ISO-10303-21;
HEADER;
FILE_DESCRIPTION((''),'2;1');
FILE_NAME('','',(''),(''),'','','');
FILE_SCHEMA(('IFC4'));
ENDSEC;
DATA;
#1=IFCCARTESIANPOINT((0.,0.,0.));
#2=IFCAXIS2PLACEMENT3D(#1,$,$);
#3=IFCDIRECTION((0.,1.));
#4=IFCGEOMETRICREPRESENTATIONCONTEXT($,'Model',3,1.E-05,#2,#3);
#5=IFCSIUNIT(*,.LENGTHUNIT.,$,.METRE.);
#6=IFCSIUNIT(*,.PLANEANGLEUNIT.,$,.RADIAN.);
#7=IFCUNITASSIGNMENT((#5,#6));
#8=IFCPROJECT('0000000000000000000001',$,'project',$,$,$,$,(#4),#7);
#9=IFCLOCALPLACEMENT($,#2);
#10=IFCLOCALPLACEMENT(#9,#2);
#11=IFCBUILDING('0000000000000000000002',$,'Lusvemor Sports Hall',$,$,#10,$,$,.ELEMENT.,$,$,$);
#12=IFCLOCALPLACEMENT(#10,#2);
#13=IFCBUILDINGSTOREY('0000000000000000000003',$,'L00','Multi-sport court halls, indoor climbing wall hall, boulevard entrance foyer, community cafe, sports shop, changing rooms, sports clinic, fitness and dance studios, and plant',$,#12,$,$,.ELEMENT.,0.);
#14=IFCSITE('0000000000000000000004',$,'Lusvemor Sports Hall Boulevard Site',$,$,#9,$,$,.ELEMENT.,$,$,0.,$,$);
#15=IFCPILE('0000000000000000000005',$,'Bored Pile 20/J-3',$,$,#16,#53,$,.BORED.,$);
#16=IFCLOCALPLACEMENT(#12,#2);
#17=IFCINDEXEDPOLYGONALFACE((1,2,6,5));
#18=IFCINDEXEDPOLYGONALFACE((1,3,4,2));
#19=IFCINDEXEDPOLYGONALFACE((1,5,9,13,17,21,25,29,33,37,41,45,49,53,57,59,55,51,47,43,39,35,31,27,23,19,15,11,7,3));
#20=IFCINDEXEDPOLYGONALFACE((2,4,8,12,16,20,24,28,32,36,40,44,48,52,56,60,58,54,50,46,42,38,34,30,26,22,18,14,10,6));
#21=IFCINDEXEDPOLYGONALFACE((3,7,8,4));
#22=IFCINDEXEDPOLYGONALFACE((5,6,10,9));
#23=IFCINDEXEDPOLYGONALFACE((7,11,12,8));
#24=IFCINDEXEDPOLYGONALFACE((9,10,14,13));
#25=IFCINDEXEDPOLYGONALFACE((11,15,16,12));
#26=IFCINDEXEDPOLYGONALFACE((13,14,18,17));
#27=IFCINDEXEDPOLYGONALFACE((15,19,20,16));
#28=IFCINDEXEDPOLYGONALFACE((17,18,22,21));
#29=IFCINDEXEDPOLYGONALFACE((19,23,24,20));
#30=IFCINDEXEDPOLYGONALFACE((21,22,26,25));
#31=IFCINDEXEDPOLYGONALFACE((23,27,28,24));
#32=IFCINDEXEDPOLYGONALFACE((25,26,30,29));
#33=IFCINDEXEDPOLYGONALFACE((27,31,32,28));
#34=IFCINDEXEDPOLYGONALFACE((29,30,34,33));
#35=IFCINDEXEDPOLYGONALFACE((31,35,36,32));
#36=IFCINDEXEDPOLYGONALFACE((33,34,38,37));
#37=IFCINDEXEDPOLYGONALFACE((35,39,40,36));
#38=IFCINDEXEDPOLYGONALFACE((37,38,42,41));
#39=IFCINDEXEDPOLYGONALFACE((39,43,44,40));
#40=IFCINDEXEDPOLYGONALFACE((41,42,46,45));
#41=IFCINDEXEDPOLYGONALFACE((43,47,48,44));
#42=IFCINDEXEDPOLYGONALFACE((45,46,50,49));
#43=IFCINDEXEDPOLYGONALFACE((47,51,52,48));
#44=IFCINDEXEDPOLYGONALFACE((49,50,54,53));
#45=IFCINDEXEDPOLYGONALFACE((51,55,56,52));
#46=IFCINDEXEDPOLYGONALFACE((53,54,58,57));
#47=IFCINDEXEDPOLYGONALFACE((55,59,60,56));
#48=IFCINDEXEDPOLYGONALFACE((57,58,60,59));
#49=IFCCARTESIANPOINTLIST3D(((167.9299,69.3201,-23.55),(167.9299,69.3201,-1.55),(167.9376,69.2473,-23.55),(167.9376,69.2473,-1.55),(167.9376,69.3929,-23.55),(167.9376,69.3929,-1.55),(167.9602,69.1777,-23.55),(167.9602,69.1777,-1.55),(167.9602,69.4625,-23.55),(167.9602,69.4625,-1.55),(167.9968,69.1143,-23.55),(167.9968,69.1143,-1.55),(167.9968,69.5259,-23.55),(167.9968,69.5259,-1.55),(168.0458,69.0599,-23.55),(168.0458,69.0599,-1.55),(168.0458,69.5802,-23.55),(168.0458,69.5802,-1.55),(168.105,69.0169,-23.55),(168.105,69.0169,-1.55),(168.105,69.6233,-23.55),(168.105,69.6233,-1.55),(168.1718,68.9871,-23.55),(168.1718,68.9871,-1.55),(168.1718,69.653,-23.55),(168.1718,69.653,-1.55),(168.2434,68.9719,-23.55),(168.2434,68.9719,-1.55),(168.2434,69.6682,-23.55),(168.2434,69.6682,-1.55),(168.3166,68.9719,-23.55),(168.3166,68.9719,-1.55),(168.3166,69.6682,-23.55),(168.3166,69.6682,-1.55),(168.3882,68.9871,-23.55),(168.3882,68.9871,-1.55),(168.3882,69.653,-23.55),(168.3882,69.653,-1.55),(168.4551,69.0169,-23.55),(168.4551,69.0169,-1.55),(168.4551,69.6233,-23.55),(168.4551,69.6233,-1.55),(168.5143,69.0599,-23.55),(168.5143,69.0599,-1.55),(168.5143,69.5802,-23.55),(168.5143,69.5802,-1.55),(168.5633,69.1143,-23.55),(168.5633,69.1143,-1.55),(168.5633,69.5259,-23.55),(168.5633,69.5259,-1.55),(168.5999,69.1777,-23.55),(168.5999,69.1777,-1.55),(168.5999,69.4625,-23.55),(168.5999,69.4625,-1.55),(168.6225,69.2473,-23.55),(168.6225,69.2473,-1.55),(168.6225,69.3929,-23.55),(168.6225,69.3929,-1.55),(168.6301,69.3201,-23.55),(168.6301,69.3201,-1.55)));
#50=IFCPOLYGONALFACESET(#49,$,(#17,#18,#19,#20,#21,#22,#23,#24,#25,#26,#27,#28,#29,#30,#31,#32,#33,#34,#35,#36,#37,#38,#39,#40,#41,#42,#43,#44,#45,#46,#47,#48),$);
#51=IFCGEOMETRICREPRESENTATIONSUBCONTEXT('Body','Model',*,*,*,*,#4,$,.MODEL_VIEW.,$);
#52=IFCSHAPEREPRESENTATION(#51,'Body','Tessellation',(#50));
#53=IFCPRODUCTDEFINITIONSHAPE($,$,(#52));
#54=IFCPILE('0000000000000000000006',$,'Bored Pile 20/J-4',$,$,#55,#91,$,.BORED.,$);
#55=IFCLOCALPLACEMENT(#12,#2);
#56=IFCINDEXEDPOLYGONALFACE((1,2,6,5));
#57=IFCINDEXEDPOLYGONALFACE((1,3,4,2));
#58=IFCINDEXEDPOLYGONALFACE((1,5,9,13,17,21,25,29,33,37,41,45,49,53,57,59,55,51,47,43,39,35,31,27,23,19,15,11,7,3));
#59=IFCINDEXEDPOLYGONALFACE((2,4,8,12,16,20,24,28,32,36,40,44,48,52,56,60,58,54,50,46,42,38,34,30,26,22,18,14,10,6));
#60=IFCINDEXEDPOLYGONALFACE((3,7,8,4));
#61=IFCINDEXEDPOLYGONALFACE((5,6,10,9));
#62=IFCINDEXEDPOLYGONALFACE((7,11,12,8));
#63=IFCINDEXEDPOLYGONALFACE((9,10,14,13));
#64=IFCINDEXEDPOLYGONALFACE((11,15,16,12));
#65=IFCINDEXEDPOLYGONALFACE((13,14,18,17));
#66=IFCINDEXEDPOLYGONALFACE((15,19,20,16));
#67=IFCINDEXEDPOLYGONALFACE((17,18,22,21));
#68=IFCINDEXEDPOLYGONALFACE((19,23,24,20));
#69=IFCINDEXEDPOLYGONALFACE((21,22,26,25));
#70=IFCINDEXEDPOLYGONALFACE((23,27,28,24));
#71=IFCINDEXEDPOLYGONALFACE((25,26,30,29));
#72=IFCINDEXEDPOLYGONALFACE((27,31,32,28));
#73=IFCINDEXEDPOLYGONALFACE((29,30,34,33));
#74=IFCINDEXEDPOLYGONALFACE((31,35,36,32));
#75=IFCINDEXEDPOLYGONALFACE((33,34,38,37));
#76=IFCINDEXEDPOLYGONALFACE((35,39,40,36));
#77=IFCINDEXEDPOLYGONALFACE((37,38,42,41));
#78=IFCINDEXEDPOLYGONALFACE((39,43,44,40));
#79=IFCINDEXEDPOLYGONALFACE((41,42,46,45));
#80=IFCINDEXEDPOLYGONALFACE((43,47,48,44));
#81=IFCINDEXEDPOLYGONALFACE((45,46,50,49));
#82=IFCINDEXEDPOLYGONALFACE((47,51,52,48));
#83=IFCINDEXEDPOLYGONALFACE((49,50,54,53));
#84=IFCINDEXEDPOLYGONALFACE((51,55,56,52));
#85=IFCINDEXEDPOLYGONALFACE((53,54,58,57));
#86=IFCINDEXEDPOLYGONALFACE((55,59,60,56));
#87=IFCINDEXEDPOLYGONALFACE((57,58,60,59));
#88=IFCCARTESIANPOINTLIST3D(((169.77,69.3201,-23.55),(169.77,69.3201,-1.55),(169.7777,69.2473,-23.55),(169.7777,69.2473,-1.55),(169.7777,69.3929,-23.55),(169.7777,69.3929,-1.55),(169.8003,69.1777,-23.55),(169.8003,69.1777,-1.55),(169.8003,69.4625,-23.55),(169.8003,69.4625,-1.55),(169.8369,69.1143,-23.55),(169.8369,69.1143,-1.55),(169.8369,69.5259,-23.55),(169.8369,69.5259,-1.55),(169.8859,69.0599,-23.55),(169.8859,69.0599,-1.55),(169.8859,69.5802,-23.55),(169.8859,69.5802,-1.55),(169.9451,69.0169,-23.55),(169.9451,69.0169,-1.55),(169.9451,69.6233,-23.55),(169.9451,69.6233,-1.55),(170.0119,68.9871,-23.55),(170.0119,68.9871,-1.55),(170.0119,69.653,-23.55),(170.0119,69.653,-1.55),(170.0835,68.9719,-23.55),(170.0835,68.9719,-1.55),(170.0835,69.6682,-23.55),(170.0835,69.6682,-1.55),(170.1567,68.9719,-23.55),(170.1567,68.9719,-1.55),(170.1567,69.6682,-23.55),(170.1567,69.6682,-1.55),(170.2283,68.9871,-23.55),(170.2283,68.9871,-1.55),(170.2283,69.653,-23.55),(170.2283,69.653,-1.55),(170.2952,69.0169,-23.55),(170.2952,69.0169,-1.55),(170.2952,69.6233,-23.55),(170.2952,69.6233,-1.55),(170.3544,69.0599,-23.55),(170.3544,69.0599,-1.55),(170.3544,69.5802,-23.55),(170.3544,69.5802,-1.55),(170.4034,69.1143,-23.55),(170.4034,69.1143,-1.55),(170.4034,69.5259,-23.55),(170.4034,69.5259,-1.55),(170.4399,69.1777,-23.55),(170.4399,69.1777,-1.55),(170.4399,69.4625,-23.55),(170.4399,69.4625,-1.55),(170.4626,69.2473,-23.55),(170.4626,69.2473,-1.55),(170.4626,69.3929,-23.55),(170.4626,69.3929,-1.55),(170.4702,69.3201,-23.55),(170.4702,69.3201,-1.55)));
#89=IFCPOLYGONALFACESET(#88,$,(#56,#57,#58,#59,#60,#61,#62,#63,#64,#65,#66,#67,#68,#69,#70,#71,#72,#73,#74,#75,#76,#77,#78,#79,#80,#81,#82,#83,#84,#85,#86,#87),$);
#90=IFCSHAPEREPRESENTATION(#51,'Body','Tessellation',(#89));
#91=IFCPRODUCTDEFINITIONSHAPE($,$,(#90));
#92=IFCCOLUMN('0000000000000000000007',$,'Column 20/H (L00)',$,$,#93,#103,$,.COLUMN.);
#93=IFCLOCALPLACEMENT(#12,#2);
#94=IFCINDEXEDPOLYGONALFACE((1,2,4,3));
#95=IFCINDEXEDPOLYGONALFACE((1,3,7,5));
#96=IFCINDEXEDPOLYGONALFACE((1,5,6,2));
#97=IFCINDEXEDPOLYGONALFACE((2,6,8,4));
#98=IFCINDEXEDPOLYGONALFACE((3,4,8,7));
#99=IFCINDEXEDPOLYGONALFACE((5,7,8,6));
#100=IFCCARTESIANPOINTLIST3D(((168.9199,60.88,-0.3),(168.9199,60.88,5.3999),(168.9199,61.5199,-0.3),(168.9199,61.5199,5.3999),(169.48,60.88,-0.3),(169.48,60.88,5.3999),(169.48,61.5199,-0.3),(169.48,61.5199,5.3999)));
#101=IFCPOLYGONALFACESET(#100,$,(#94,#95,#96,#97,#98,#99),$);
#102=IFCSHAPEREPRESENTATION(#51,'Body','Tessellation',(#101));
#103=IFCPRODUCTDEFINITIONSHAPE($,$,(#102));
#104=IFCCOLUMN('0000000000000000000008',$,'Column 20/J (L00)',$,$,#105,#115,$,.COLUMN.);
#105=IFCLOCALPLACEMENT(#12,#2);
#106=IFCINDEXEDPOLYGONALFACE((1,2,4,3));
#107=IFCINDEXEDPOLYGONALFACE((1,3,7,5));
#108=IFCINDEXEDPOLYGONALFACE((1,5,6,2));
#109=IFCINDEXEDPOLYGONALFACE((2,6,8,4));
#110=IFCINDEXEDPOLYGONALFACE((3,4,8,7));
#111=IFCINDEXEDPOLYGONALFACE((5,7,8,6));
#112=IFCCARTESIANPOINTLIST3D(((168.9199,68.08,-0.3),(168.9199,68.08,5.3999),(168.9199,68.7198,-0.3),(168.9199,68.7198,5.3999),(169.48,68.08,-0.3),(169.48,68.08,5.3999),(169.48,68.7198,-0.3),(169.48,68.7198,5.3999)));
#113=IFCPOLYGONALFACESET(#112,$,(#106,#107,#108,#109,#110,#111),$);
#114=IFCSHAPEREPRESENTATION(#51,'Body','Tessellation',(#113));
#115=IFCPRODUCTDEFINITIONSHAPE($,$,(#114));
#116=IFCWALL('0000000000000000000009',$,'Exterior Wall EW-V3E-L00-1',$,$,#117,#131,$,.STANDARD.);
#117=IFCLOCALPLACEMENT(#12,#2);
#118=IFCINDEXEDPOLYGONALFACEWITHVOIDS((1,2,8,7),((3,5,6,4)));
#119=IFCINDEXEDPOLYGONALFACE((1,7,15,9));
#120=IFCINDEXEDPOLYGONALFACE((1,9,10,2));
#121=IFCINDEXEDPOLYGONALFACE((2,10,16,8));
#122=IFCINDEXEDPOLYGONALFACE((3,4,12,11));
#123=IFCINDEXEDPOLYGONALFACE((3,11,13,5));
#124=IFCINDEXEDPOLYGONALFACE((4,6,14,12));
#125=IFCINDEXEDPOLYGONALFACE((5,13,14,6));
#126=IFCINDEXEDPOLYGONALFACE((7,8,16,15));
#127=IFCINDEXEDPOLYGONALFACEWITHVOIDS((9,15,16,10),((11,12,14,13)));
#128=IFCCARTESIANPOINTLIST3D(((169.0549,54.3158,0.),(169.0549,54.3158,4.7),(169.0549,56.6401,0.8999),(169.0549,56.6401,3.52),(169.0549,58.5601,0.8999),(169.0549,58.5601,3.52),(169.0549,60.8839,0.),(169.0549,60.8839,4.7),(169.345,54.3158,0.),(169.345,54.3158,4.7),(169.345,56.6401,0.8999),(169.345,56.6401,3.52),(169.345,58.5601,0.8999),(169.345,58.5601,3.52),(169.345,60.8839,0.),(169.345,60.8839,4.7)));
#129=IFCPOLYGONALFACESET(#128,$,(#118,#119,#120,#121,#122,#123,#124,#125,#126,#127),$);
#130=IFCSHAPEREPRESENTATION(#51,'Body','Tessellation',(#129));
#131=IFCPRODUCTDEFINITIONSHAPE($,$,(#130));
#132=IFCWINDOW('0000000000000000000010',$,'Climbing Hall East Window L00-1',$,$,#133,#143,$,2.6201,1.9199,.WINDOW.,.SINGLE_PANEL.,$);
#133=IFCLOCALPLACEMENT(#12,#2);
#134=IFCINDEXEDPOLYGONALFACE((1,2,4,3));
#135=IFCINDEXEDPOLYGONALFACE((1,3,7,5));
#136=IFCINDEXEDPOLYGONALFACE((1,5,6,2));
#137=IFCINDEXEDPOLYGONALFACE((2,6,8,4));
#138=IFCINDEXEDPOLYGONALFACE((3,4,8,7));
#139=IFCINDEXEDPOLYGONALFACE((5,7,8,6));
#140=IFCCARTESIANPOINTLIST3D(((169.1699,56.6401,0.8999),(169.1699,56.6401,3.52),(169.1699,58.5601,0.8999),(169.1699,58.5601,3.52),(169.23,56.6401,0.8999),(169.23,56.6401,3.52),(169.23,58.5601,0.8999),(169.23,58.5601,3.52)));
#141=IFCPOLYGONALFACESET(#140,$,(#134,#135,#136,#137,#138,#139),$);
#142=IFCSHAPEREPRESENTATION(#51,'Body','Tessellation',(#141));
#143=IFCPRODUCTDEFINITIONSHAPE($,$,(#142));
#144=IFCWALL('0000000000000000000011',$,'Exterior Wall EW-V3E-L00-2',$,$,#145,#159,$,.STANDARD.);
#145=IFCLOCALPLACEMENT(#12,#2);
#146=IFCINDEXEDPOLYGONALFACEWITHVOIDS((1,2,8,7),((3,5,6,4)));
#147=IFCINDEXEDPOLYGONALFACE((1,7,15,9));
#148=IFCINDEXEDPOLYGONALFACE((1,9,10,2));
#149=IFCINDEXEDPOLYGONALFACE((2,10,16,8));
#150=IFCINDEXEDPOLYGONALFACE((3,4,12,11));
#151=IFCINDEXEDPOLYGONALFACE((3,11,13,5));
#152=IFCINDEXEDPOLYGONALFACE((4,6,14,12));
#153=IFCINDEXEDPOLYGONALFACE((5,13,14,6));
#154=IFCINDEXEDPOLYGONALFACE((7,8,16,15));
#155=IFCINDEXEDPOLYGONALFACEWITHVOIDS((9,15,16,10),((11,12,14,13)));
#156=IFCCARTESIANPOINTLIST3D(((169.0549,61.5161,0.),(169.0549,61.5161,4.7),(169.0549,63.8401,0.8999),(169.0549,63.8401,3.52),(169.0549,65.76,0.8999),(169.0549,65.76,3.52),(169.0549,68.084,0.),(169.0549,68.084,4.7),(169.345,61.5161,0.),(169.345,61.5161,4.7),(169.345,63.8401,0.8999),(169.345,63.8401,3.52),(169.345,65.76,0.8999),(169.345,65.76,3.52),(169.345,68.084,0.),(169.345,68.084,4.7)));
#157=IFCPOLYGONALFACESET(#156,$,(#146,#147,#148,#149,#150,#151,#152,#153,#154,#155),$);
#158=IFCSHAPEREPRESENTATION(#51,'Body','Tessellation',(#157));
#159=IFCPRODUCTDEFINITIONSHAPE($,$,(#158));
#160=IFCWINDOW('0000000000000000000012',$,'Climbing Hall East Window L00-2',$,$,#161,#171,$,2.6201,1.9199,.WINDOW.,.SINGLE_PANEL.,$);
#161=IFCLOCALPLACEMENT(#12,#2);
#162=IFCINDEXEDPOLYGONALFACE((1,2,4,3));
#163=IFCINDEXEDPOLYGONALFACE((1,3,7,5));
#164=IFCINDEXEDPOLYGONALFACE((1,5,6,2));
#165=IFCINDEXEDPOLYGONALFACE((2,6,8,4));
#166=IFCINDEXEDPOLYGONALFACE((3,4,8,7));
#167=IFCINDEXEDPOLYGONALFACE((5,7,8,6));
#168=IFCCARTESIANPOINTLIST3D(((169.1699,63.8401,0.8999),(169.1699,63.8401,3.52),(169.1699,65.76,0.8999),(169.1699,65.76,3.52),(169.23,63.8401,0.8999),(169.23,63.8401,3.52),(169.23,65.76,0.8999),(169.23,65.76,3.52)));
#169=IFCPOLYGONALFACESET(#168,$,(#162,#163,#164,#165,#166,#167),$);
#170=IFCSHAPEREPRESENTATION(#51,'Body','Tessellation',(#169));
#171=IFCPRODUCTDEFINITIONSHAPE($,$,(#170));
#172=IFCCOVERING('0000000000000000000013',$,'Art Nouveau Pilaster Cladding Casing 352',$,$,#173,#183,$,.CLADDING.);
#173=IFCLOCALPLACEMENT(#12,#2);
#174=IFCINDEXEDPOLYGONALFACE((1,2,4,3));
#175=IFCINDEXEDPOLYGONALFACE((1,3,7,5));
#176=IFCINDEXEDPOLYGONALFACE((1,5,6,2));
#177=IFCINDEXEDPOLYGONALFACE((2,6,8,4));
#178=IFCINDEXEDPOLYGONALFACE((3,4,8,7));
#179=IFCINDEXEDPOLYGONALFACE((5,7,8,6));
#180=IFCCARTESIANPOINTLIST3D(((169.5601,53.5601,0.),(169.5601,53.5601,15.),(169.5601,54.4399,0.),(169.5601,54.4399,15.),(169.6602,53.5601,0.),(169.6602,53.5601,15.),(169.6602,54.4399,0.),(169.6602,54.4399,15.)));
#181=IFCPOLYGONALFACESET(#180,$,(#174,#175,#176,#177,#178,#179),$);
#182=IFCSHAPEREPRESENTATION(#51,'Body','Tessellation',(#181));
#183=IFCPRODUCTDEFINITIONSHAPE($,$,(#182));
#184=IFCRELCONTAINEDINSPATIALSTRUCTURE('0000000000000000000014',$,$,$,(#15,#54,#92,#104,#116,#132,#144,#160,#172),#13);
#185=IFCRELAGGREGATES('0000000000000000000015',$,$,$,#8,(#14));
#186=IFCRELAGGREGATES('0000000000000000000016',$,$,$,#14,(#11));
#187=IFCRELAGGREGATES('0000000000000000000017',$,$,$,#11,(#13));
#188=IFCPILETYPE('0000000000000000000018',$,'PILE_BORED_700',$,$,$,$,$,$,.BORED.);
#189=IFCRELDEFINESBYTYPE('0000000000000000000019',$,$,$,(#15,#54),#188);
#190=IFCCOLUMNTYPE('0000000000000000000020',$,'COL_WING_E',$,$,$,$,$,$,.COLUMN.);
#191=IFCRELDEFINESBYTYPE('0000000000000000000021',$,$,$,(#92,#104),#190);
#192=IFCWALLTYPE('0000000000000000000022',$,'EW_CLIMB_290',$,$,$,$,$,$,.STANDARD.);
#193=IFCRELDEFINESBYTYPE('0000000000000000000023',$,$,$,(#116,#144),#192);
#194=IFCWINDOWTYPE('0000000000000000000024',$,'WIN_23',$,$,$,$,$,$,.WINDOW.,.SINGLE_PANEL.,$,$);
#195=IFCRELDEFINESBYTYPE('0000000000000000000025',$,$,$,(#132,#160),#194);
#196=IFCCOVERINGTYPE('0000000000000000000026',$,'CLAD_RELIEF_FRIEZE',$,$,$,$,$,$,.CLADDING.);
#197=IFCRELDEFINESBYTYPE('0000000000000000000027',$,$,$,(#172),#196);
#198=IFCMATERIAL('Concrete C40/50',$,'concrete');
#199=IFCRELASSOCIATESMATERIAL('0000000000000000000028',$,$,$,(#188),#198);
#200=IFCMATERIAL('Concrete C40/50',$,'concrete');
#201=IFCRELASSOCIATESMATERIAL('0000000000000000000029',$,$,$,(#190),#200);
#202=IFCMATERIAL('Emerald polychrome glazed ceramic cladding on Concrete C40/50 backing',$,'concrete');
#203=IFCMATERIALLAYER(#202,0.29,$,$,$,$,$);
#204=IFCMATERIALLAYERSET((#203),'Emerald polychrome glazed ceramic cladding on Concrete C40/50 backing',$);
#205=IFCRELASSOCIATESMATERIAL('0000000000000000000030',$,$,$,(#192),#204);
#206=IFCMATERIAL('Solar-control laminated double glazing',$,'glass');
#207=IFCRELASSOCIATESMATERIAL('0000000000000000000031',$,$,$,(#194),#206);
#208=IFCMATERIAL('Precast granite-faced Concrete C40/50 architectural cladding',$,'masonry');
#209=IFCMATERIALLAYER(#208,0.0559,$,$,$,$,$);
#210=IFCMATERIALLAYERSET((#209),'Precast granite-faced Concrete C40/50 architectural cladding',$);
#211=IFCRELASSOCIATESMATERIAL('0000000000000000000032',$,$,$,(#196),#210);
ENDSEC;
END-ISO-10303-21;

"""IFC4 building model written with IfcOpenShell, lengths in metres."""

from ifc_helpers import new_model, si_unit, direction, frame, frame_2d, origin, origin_2d, place, context, subcontext, project, spatial, rectangle, circle, extrude, material, layer, layer_set, material_profile, profile_set, type_object, element, fill, save


model = new_model("IFC4")

# Units and contexts
model_context = context("Model", 3, precision=1e-05, world=origin(), true_north=direction((0.0, 1.0)))
body_context = subcontext(model_context, "Body", "Model", "MODEL_VIEW")
ifc_project = project(units=[si_unit("LENGTHUNIT", "METRE"), si_unit("PLANEANGLEUNIT", "RADIAN")], contexts=[model_context])

# Site, building, storey
site_placement = place(None, origin())
site = spatial("IfcSite", under=ifc_project, at=site_placement, Name="Lusvemor Sports Hall Boulevard Site", CompositionType="ELEMENT", RefElevation=0.0)
building_placement = place(site_placement, origin())
building = spatial("IfcBuilding", under=site, at=building_placement, Name="Lusvemor Sports Hall", CompositionType="ELEMENT")
storey_placement = place(building_placement, origin())
storey = spatial("IfcBuildingStorey", under=building, at=storey_placement, Name="L00", Description="Multi-sport court halls, indoor climbing wall hall, boulevard entrance foyer, community cafe, sports shop, changing rooms, sports clinic, fitness and dance studios, and plant", CompositionType="ELEMENT", Elevation=0.0)

# Piles
ifc_material_1 = material(Name="Concrete C40/50", Category="concrete")
ifc_material_profile_1 = material_profile(ifc_material_1, circle(Radius=0.3501, at=origin_2d()), Name="PILE700")
ifc_profile_set_1 = profile_set([ifc_material_profile_1], Name="Concrete C40/50")
pile_type = type_object("IfcPileType", Name="PILE_BORED_700", PredefinedType="BORED", material=ifc_profile_set_1)
for number, where, z_axis, x_axis, name in (
    (1, (168.28, 69.3201, -1.55), (0.0, 0.0, -1.0), (1.0, 0.0, 0.0), "Bored Pile 20/J-3"),
    (2, (170.1201, 69.3201, -1.55), (0.0, 0.0, -1.0), (1.0, 0.0, 0.0), "Bored Pile 20/J-4"),
):
    element("IfcPile", number, at=place(storey_placement, frame(where, z_axis=z_axis, x_axis=x_axis)), inside=storey, type_object=pile_type, Name=name, PredefinedType="BORED", context=body_context, shape_type="SweptSolid", body=[
        extrude(circle(Radius=0.3501, at=origin_2d()), origin(), (0.0, 0.0, 1.0), 22.0),
    ])

# Columns
ifc_material_2 = material(Name="Concrete C40/50", Category="concrete")
ifc_material_profile_2 = material_profile(ifc_material_2, rectangle(XDim=0.5601, YDim=0.6399, at=origin_2d()), Name="RC560x640")
ifc_profile_set_2 = profile_set([ifc_material_profile_2], Name="Concrete C40/50")
column_type = type_object("IfcColumnType", Name="COL_WING_E", PredefinedType="COLUMN", material=ifc_profile_set_2)
for number, where, z_axis, x_axis, name in (
    (3, (169.2, 61.2, -0.3), (0.0, 0.0, 1.0), (1.0, 0.0, 0.0), "Column 20/H (L00)"),
    (4, (169.2, 68.3999, -0.3), (0.0, 0.0, 1.0), (1.0, 0.0, 0.0), "Column 20/J (L00)"),
):
    element("IfcColumn", number, at=place(storey_placement, frame(where, z_axis=z_axis, x_axis=x_axis)), inside=storey, type_object=column_type, Name=name, PredefinedType="COLUMN", context=body_context, shape_type="SweptSolid", body=[
        extrude(rectangle(XDim=0.5601, YDim=0.6399, at=origin_2d()), origin(), (0.0, 0.0, 1.0), 5.7),
    ])

# Walls, openings, windows
ifc_material_3 = material(Name="Emerald polychrome glazed ceramic cladding on Concrete C40/50 backing", Category="concrete")
ifc_layer_1 = layer(ifc_material_3, 0.29)
ifc_layer_set_1 = layer_set([ifc_layer_1], Name="Emerald polychrome glazed ceramic cladding on Concrete C40/50 backing")
wall_type = type_object("IfcWallType", Name="EW_CLIMB_290", PredefinedType="STANDARD", material=ifc_layer_set_1)
wall_1_placement = place(storey_placement, frame((169.2, 60.884, 0.0), z_axis=(0.0, 0.0, 1.0), x_axis=(0.0, -1.0, 0.0)))
wall_1 = element("IfcWall", 5, at=wall_1_placement, inside=storey, type_object=wall_type, Name="Exterior Wall EW-V3E-L00-1", PredefinedType="STANDARD", context=body_context, shape_type="SweptSolid", body=[
    extrude(rectangle(XDim=6.5681, YDim=0.29, at=frame_2d((3.2842, 0.0))), origin(), (0.0, 0.0, 1.0), 4.7),
])
opening_1_placement = place(wall_1_placement, frame((2.324, 0.0, 0.8999)))
opening_1 = element("IfcOpeningElement", 6, at=opening_1_placement, cuts=wall_1, PredefinedType="OPENING", context=body_context, shape_type="SweptSolid", body=[
    extrude(rectangle(XDim=1.9199, YDim=2.6201, at=frame_2d((0.96, 1.3101))), frame((0.0, 0.145, 0.0), z_axis=(0.0, -1.0, 0.0), x_axis=(1.0, 0.0, 0.0)), (0.0, 0.0, 1.0), 0.29),
])
ifc_material_4 = material(Name="Solar-control laminated double glazing", Category="glass")
window_type = type_object("IfcWindowType", Name="WIN_23", PartitioningType="SINGLE_PANEL", PredefinedType="WINDOW", material=ifc_material_4)
window_1_placement = place(opening_1_placement, origin())
window_1 = element("IfcWindow", 7, at=window_1_placement, inside=storey, type_object=window_type, Name="Climbing Hall East Window L00-1", OverallHeight=2.6201, OverallWidth=1.9199, PartitioningType="SINGLE_PANEL", PredefinedType="WINDOW", context=body_context, shape_type="SweptSolid", body=[
    extrude(rectangle(XDim=1.9199, YDim=2.6201, at=frame_2d((0.96, 1.3101))), frame((0.0, 0.03, 0.0), z_axis=(0.0, -1.0, 0.0), x_axis=(1.0, 0.0, 0.0)), (0.0, 0.0, 1.0), 0.0601),
])
fill(opening_1, window_1)
wall_2_placement = place(storey_placement, frame((169.2, 68.084, 0.0), z_axis=(0.0, 0.0, 1.0), x_axis=(0.0, -1.0, 0.0)))
wall_2 = element("IfcWall", 8, at=wall_2_placement, inside=storey, type_object=wall_type, Name="Exterior Wall EW-V3E-L00-2", PredefinedType="STANDARD", context=body_context, shape_type="SweptSolid", body=[
    extrude(rectangle(XDim=6.5679, YDim=0.29, at=frame_2d((3.2839, 0.0))), origin(), (0.0, 0.0, 1.0), 4.7),
])
opening_2_placement = place(wall_2_placement, frame((2.324, 0.0, 0.8999)))
opening_2 = element("IfcOpeningElement", 9, at=opening_2_placement, cuts=wall_2, PredefinedType="OPENING", context=body_context, shape_type="SweptSolid", body=[
    extrude(rectangle(XDim=1.9199, YDim=2.6201, at=frame_2d((0.96, 1.3101))), frame((0.0, 0.145, 0.0), z_axis=(0.0, -1.0, 0.0), x_axis=(1.0, 0.0, 0.0)), (0.0, 0.0, 1.0), 0.29),
])
window_2_placement = place(opening_2_placement, origin())
window_2 = element("IfcWindow", 10, at=window_2_placement, inside=storey, type_object=window_type, Name="Climbing Hall East Window L00-2", OverallHeight=2.6201, OverallWidth=1.9199, PartitioningType="SINGLE_PANEL", PredefinedType="WINDOW", context=body_context, shape_type="SweptSolid", body=[
    extrude(rectangle(XDim=1.9199, YDim=2.6201, at=frame_2d((0.96, 1.3101))), frame((0.0, 0.03, 0.0), z_axis=(0.0, -1.0, 0.0), x_axis=(1.0, 0.0, 0.0)), (0.0, 0.0, 1.0), 0.0601),
])
fill(opening_2, window_2)

# Covering
ifc_material_5 = material(Name="Precast granite-faced Concrete C40/50 architectural cladding", Category="masonry")
ifc_layer_2 = layer(ifc_material_5, 0.0559)
ifc_layer_set_2 = layer_set([ifc_layer_2], Name="Precast granite-faced Concrete C40/50 architectural cladding")
covering_type_1 = type_object("IfcCoveringType", Name="CLAD_RELIEF_FRIEZE", PredefinedType="CLADDING", material=ifc_layer_set_2)
for number, where, z_axis, x_axis, name in (
    (11, (169.6101, 54.0, 0.0), (0.0, 0.0, 1.0), (1.0, 0.0, 0.0), "Art Nouveau Pilaster Cladding Casing 352"),
):
    element("IfcCovering", number, at=place(storey_placement, frame(where, z_axis=z_axis, x_axis=x_axis)), inside=storey, type_object=covering_type_1, Name=name, PredefinedType="CLADDING", context=body_context, shape_type="SweptSolid", body=[
        extrude(rectangle(XDim=0.1001, YDim=0.8799, at=origin_2d()), origin(), (0.0, 0.0, 1.0), 15.0),
    ])

save(model, "model.ifc")
